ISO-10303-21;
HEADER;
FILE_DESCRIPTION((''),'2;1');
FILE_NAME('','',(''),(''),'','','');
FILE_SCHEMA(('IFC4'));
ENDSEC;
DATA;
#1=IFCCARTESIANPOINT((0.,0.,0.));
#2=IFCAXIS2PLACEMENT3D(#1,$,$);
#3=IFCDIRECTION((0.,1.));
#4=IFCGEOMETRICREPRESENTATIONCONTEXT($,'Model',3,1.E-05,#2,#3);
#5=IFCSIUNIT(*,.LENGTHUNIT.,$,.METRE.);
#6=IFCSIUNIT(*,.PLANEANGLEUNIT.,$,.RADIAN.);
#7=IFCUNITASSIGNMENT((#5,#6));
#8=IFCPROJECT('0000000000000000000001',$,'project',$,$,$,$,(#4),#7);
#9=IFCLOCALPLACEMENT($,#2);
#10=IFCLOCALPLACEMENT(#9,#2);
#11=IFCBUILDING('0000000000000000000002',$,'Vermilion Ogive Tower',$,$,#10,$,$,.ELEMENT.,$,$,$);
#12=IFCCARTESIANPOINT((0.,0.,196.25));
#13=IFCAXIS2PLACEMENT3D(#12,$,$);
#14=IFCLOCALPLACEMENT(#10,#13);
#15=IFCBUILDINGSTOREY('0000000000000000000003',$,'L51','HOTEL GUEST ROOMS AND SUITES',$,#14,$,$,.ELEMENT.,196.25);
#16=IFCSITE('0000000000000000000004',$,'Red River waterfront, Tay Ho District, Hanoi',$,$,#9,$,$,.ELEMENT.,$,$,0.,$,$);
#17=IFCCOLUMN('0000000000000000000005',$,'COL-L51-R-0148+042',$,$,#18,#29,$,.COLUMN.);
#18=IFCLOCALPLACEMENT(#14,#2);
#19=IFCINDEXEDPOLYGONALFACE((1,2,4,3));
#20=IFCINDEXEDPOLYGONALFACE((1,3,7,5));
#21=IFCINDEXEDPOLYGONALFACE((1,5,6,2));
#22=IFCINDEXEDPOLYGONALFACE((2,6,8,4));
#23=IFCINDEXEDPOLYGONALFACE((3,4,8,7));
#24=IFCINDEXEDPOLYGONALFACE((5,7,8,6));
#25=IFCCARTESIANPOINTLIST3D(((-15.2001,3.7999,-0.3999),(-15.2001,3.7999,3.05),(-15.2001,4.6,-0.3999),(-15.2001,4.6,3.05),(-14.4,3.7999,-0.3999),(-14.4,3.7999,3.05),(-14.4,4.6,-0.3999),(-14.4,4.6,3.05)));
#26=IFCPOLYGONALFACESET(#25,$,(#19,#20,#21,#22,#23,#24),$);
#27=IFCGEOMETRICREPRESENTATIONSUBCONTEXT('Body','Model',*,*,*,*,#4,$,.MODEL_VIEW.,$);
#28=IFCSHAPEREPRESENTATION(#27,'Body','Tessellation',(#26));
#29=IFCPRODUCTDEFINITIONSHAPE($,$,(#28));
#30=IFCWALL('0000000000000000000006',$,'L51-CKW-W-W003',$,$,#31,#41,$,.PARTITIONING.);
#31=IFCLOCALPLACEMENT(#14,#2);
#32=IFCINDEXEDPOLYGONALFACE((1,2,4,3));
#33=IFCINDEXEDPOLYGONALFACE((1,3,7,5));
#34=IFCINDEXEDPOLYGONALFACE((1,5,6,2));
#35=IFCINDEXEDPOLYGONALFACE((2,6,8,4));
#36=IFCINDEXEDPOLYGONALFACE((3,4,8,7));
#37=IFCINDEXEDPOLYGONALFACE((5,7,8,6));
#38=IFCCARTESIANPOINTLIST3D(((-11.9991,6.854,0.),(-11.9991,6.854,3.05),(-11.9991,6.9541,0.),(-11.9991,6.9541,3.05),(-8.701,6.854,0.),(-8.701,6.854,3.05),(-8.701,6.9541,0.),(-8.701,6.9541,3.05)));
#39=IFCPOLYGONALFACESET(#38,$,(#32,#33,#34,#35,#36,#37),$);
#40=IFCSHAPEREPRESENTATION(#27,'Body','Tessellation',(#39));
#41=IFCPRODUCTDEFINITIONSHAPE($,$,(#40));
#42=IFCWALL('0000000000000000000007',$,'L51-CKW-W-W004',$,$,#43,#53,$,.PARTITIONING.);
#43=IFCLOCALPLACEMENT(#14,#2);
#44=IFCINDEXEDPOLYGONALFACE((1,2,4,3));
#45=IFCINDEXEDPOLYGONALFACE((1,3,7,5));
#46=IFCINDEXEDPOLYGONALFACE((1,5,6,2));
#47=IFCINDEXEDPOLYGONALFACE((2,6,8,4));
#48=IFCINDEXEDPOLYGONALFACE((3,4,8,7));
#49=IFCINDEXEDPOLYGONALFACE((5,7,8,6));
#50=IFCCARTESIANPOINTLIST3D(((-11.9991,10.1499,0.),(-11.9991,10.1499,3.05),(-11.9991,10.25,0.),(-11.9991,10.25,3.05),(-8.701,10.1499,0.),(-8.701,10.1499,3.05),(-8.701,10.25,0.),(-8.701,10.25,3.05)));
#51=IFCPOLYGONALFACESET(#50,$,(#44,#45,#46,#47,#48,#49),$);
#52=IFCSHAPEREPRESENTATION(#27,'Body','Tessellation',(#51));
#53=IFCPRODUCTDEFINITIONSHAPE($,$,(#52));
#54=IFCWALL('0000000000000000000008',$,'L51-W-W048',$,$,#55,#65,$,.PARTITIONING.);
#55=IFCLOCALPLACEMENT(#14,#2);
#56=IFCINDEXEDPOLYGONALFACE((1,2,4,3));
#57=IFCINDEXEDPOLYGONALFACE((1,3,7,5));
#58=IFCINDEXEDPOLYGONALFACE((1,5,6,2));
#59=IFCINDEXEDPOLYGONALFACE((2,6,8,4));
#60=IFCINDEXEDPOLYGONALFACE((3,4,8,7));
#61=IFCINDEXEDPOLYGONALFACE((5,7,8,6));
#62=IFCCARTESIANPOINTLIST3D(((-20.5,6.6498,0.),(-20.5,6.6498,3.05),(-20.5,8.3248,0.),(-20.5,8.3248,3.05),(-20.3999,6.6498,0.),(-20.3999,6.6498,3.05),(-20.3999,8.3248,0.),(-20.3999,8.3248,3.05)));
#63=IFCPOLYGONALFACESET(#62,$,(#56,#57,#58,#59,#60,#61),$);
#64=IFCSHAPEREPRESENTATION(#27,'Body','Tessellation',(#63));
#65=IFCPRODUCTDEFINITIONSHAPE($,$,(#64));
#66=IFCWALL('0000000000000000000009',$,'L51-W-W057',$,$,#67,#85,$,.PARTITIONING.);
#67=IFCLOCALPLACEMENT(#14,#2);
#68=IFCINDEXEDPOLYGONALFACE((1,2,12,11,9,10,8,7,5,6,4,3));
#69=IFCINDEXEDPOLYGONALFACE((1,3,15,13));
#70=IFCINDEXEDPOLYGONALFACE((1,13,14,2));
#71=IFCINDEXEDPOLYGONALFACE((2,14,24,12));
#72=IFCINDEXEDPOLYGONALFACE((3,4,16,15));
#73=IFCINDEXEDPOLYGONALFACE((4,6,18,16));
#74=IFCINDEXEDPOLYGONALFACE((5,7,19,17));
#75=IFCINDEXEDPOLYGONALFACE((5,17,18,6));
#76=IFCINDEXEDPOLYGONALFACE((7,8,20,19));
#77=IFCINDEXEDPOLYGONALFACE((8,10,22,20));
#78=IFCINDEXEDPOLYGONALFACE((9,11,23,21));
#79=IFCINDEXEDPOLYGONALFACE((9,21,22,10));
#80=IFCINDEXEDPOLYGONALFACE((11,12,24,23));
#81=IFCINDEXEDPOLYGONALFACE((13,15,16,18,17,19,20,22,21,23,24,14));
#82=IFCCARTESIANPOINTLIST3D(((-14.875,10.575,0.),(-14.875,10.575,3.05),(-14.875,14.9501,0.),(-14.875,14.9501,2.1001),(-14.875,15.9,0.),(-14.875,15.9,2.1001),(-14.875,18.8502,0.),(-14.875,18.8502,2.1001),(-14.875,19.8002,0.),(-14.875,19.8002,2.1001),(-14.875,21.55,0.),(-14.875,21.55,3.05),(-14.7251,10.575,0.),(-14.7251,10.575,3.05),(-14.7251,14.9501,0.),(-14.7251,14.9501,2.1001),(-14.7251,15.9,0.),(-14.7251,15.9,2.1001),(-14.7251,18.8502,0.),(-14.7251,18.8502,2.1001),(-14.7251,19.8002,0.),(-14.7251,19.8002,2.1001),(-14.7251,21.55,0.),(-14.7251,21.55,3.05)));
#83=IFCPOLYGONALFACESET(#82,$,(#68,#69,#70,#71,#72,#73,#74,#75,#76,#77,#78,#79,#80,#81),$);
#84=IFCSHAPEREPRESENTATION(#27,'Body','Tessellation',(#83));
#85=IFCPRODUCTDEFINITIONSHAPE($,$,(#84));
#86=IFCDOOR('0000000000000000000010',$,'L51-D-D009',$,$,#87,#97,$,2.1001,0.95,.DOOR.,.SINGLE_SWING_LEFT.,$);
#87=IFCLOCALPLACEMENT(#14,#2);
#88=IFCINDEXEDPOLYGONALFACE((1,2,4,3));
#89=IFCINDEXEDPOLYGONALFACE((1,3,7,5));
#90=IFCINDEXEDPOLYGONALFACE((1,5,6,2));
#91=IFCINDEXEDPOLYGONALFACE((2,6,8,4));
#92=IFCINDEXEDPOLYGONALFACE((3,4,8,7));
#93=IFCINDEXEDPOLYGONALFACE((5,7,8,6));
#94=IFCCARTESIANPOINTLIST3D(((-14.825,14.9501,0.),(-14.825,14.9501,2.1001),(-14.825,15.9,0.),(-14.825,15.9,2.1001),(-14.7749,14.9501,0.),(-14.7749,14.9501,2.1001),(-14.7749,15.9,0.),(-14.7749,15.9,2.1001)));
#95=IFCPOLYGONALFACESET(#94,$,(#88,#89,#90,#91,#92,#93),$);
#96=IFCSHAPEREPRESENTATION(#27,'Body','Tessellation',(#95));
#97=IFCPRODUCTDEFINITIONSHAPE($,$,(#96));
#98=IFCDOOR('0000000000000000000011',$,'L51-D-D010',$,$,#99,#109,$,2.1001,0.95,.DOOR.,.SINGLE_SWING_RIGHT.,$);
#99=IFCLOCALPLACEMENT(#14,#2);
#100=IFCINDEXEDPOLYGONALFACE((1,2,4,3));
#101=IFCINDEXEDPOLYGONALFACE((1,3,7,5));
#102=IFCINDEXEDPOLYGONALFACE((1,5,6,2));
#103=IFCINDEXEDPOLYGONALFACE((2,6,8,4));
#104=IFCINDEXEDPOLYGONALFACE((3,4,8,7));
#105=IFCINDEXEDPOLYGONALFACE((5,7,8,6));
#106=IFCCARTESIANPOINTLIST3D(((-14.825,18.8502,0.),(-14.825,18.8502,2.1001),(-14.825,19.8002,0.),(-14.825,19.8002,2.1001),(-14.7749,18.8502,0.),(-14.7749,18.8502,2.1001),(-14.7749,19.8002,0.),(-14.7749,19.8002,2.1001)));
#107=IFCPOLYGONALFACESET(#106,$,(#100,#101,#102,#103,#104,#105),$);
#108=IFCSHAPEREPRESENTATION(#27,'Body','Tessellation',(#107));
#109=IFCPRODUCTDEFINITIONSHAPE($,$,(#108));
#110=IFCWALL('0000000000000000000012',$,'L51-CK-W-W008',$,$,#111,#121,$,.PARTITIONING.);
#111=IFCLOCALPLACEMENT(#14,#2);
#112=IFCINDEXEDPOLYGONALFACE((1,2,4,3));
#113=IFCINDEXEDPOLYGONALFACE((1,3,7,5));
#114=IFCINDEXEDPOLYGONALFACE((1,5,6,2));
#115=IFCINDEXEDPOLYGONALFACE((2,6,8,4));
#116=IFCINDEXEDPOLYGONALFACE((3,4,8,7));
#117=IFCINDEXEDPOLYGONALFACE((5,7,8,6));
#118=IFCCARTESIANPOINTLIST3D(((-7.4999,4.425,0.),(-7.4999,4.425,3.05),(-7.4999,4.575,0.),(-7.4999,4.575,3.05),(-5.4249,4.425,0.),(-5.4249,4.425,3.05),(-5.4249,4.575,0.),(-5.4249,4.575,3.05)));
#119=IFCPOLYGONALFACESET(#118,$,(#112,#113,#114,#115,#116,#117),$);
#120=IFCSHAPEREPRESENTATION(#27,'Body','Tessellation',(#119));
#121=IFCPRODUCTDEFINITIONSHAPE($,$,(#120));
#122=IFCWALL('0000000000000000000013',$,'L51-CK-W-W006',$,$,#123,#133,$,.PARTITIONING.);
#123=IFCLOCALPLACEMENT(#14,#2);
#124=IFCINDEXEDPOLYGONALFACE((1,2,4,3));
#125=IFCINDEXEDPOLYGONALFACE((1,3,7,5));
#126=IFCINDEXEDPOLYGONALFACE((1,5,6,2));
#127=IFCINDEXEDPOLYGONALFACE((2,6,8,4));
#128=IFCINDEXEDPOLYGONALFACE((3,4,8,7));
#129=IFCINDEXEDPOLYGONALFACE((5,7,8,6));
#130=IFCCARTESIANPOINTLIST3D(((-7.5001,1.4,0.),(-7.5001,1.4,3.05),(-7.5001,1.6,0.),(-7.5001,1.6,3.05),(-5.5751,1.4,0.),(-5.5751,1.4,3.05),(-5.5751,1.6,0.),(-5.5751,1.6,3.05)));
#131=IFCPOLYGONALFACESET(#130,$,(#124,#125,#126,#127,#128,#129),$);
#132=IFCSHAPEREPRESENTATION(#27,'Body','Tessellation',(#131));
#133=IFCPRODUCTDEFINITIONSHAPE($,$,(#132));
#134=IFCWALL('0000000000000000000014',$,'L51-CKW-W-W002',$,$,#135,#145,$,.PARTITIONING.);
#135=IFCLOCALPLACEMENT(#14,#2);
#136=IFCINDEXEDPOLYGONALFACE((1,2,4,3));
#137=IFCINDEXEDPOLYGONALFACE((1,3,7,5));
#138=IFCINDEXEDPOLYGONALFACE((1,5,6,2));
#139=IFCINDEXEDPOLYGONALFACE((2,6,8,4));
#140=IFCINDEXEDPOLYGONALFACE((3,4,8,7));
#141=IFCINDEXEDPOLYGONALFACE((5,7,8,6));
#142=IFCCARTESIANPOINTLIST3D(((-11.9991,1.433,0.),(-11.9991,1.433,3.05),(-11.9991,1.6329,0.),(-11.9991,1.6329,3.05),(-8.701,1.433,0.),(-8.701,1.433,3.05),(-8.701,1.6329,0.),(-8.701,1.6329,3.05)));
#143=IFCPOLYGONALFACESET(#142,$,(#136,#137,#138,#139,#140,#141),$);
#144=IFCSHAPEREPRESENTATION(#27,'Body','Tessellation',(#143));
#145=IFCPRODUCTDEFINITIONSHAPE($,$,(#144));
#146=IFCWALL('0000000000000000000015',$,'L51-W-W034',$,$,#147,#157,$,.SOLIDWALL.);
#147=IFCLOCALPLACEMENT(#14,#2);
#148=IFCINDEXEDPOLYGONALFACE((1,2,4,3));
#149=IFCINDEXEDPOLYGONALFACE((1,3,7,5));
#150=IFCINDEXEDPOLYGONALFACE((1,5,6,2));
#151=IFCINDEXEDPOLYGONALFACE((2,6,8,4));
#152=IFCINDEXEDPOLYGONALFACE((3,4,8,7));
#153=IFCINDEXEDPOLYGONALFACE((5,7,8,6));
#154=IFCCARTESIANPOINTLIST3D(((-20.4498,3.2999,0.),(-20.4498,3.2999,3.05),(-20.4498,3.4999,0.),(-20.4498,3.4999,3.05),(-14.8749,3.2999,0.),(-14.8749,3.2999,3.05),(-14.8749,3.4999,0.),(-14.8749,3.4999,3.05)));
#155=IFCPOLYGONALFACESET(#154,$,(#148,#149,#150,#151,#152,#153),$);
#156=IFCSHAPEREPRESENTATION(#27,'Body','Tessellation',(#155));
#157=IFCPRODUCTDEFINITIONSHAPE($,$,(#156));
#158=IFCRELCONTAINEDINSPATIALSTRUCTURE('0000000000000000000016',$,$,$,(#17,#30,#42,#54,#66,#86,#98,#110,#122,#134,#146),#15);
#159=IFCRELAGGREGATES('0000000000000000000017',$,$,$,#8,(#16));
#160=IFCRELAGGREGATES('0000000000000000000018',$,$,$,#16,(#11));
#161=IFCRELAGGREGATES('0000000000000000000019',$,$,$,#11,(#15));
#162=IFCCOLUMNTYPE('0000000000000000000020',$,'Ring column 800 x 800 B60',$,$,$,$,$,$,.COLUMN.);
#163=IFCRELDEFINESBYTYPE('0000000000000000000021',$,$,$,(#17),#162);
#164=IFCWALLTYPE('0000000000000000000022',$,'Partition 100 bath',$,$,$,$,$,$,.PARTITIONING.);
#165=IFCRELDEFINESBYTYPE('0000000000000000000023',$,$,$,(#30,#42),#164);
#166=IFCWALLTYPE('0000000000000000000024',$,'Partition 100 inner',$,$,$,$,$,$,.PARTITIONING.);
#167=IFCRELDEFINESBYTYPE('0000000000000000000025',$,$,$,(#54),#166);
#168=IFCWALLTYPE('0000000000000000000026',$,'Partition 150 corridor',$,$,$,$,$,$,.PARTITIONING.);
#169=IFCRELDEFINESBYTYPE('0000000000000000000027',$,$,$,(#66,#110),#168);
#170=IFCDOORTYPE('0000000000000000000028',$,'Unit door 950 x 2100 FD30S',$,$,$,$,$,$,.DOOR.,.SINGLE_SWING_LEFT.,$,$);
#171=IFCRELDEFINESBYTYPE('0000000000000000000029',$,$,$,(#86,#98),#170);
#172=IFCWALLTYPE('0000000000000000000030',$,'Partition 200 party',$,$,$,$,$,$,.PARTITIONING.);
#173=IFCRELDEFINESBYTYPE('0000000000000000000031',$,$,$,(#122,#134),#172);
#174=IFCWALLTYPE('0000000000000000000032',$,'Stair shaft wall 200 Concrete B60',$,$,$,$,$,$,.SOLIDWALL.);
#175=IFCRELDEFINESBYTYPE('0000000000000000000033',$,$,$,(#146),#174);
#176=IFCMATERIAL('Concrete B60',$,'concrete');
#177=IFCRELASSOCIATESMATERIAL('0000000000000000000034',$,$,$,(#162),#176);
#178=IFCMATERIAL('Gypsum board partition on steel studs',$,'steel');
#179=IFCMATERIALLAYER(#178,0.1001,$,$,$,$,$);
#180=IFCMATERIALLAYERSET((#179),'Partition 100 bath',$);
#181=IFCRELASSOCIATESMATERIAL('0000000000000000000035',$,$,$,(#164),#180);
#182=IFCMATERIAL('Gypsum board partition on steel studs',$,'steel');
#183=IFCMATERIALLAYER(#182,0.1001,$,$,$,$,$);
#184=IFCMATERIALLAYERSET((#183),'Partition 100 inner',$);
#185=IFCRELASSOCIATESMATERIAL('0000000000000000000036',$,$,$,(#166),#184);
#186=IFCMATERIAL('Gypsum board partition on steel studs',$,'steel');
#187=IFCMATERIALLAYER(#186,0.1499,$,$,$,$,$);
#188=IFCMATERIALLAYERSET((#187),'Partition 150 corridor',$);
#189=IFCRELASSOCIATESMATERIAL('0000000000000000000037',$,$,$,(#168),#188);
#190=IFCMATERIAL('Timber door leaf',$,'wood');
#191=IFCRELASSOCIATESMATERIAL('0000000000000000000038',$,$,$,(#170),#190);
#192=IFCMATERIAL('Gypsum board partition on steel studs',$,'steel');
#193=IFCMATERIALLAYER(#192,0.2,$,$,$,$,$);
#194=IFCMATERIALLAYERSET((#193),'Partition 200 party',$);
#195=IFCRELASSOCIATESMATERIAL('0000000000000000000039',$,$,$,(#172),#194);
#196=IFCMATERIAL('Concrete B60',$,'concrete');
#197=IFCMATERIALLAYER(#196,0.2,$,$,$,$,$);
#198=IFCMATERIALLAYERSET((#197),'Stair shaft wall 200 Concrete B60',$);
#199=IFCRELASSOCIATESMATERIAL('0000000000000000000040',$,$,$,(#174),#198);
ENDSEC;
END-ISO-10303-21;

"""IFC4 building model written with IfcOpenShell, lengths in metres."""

from ifc_helpers import new_model, si_unit, direction, frame, frame_2d, origin, origin_2d, place, context, subcontext, project, spatial, rectangle, extrude, material, layer, layer_set, material_profile, profile_set, type_object, element, fill, save


model = new_model("IFC4")

# Units and contexts
model_context = context("Model", 3, precision=1e-05, world=origin(), true_north=direction((0.0, 1.0)))
body_context = subcontext(model_context, "Body", "Model", "MODEL_VIEW")
ifc_project = project(units=[si_unit("LENGTHUNIT", "METRE"), si_unit("PLANEANGLEUNIT", "RADIAN")], contexts=[model_context])

# Site, building, storey
site_placement = place(None, origin())
site = spatial("IfcSite", under=ifc_project, at=site_placement, Name="Red River waterfront, Tay Ho District, Hanoi", CompositionType="ELEMENT", RefElevation=0.0)
building_placement = place(site_placement, origin())
building = spatial("IfcBuilding", under=site, at=building_placement, Name="Vermilion Ogive Tower", CompositionType="ELEMENT")
storey_placement = place(building_placement, frame((0.0, 0.0, 196.25)))
storey = spatial("IfcBuildingStorey", under=building, at=storey_placement, Name="L51", Description="HOTEL GUEST ROOMS AND SUITES", CompositionType="ELEMENT", Elevation=196.25)

# Column
ifc_material_1 = material(Name="Concrete B60", Category="concrete")
ifc_material_profile = material_profile(ifc_material_1, rectangle(XDim=0.8, YDim=0.8, at=origin_2d()), Name="800 x 800")
ifc_profile_set = profile_set([ifc_material_profile], Name="Concrete B60")
column_type = type_object("IfcColumnType", Name="Ring column 800 x 800 B60", PredefinedType="COLUMN", material=ifc_profile_set)
column_placement = place(storey_placement, frame((-14.8, 4.2, -0.3999), z_axis=(0.0, 0.0, 1.0), x_axis=(1.0, 0.0, 0.0)))
element("IfcColumn", 1, at=column_placement, inside=storey, type_object=column_type, Name="COL-L51-R-0148+042", PredefinedType="COLUMN", context=body_context, shape_type="SweptSolid", body=[
    extrude(rectangle(XDim=0.8, YDim=0.8, at=origin_2d()), origin(), (0.0, 0.0, 1.0), 3.45),
])

# Walls
ifc_material_2 = material(Name="Gypsum board partition on steel studs", Category="steel")
ifc_layer_1 = layer(ifc_material_2, 0.1001)
ifc_layer_set_1 = layer_set([ifc_layer_1], Name="Partition 100 bath")
wall_type_1 = type_object("IfcWallType", Name="Partition 100 bath", PredefinedType="PARTITIONING", material=ifc_layer_set_1)
for number, where, z_axis, x_axis, name in (
    (2, (-11.999, 6.9041, 0.0), (0.0, 0.0, 1.0), (1.0, 0.0, 0.0), "L51-CKW-W-W003"),
    (3, (-11.999, 10.2, 0.0), (0.0, 0.0, 1.0), (1.0, 0.0, 0.0), "L51-CKW-W-W004"),
):
    element("IfcWall", number, at=place(storey_placement, frame(where, z_axis=z_axis, x_axis=x_axis)), inside=storey, type_object=wall_type_1, Name=name, PredefinedType="PARTITIONING", context=body_context, shape_type="SweptSolid", body=[
        extrude(rectangle(XDim=3.2981, YDim=0.1001, at=frame_2d((1.6489, 0.0))), origin(), (0.0, 0.0, 1.0), 3.05),
    ])
ifc_material_3 = material(Name="Gypsum board partition on steel studs", Category="steel")
ifc_layer_2 = layer(ifc_material_3, 0.1001)
ifc_layer_set_2 = layer_set([ifc_layer_2], Name="Partition 100 inner")
wall_type_2 = type_object("IfcWallType", Name="Partition 100 inner", PredefinedType="PARTITIONING", material=ifc_layer_set_2)
wall_1_placement = place(storey_placement, frame((-20.45, 6.6499, 0.0), z_axis=(0.0, 0.0, 1.0), x_axis=(0.0, 1.0, 0.0)))
element("IfcWall", 4, at=wall_1_placement, inside=storey, type_object=wall_type_2, Name="L51-W-W048", PredefinedType="PARTITIONING", context=body_context, shape_type="SweptSolid", body=[
    extrude(rectangle(XDim=1.675, YDim=0.1001, at=frame_2d((0.8374, 0.0))), origin(), (0.0, 0.0, 1.0), 3.05),
])

# Wall, openings, doors
ifc_material_4 = material(Name="Gypsum board partition on steel studs", Category="steel")
ifc_layer_3 = layer(ifc_material_4, 0.1499)
ifc_layer_set_3 = layer_set([ifc_layer_3], Name="Partition 150 corridor")
wall_type_3 = type_object("IfcWallType", Name="Partition 150 corridor", PredefinedType="PARTITIONING", material=ifc_layer_set_3)
wall_2_placement = place(storey_placement, frame((-14.8, 10.575, 0.0), z_axis=(0.0, 0.0, 1.0), x_axis=(0.0, 1.0, 0.0)))
wall_2 = element("IfcWall", 5, at=wall_2_placement, inside=storey, type_object=wall_type_3, Name="L51-W-W057", PredefinedType="PARTITIONING", context=body_context, shape_type="SweptSolid", body=[
    extrude(rectangle(XDim=10.9751, YDim=0.1499, at=frame_2d((5.4875, 0.0))), origin(), (0.0, 0.0, 1.0), 3.05),
])
opening_1_placement = place(wall_2_placement, frame((4.375, 0.0, 0.0)))
opening_1 = element("IfcOpeningElement", 6, at=opening_1_placement, cuts=wall_2, PredefinedType="OPENING", context=body_context, shape_type="SweptSolid", body=[
    extrude(rectangle(XDim=0.95, YDim=2.1001, at=frame_2d((0.4751, 1.05))), frame((0.0, 0.085, 0.0), z_axis=(0.0, -1.0, 0.0), x_axis=(1.0, 0.0, 0.0)), (0.0, 0.0, 1.0), 0.1699),
])
opening_2_placement = place(wall_2_placement, frame((8.2751, 0.0, 0.0)))
opening_2 = element("IfcOpeningElement", 7, at=opening_2_placement, cuts=wall_2, PredefinedType="OPENING", context=body_context, shape_type="SweptSolid", body=[
    extrude(rectangle(XDim=0.95, YDim=2.1001, at=frame_2d((0.4751, 1.05))), frame((0.0, 0.085, 0.0), z_axis=(0.0, -1.0, 0.0), x_axis=(1.0, 0.0, 0.0)), (0.0, 0.0, 1.0), 0.1699),
])
ifc_material_5 = material(Name="Timber door leaf", Category="wood")
door_type = type_object("IfcDoorType", Name="Unit door 950 x 2100 FD30S", OperationType="SINGLE_SWING_LEFT", PredefinedType="DOOR", material=ifc_material_5)
door_1_placement = place(opening_1_placement, origin())
door_1 = element("IfcDoor", 8, at=door_1_placement, inside=storey, type_object=door_type, Name="L51-D-D009", OperationType="SINGLE_SWING_LEFT", OverallHeight=2.1001, OverallWidth=0.95, PredefinedType="DOOR", context=body_context, shape_type="SweptSolid", body=[
    extrude(rectangle(XDim=0.95, YDim=2.1001, at=frame_2d((0.4751, 1.05))), frame((0.0, 0.0249, 0.0), z_axis=(0.0, -1.0, 0.0), x_axis=(1.0, 0.0, 0.0)), (0.0, 0.0, 1.0), 0.05),
])
fill(opening_1, door_1)
door_2_placement = place(opening_2_placement, origin())
door_2 = element("IfcDoor", 9, at=door_2_placement, inside=storey, type_object=door_type, Name="L51-D-D010", OperationType="SINGLE_SWING_RIGHT", OverallHeight=2.1001, OverallWidth=0.95, PredefinedType="DOOR", context=body_context, shape_type="SweptSolid", body=[
    extrude(rectangle(XDim=0.95, YDim=2.1001, at=frame_2d((0.4751, 1.05))), frame((0.0, 0.0249, 0.0), z_axis=(0.0, -1.0, 0.0), x_axis=(1.0, 0.0, 0.0)), (0.0, 0.0, 1.0), 0.05),
])
fill(opening_2, door_2)

# Walls
wall_3_placement = place(storey_placement, frame((-7.5, 4.5, 0.0), z_axis=(0.0, 0.0, 1.0), x_axis=(1.0, 0.0, 0.0)))
element("IfcWall", 10, at=wall_3_placement, inside=storey, type_object=wall_type_3, Name="L51-CK-W-W008", PredefinedType="PARTITIONING", context=body_context, shape_type="SweptSolid", body=[
    extrude(rectangle(XDim=2.075, YDim=0.1499, at=frame_2d((1.0376, 0.0))), origin(), (0.0, 0.0, 1.0), 3.05),
])
ifc_material_6 = material(Name="Gypsum board partition on steel studs", Category="steel")
ifc_layer_4 = layer(ifc_material_6, 0.2)
ifc_layer_set_4 = layer_set([ifc_layer_4], Name="Partition 200 party")
wall_type_4 = type_object("IfcWallType", Name="Partition 200 party", PredefinedType="PARTITIONING", material=ifc_layer_set_4)
wall_4_placement = place(storey_placement, frame((-7.5, 1.5, 0.0), z_axis=(0.0, 0.0, 1.0), x_axis=(1.0, 0.0, 0.0)))
element("IfcWall", 11, at=wall_4_placement, inside=storey, type_object=wall_type_4, Name="L51-CK-W-W006", PredefinedType="PARTITIONING", context=body_context, shape_type="SweptSolid", body=[
    extrude(rectangle(XDim=1.925, YDim=0.2, at=frame_2d((0.9624, 0.0))), origin(), (0.0, 0.0, 1.0), 3.05),
])
wall_5_placement = place(storey_placement, frame((-11.999, 1.533, 0.0), z_axis=(0.0, 0.0, 1.0), x_axis=(1.0, 0.0, 0.0)))
element("IfcWall", 12, at=wall_5_placement, inside=storey, type_object=wall_type_4, Name="L51-CKW-W-W002", PredefinedType="PARTITIONING", context=body_context, shape_type="SweptSolid", body=[
    extrude(rectangle(XDim=3.2981, YDim=0.2, at=frame_2d((1.6489, 0.0))), origin(), (0.0, 0.0, 1.0), 3.05),
])
ifc_material_7 = material(Name="Concrete B60", Category="concrete")
ifc_layer_5 = layer(ifc_material_7, 0.2)
ifc_layer_set_5 = layer_set([ifc_layer_5], Name="Stair shaft wall 200 Concrete B60")
wall_type_5 = type_object("IfcWallType", Name="Stair shaft wall 200 Concrete B60", PredefinedType="SOLIDWALL", material=ifc_layer_set_5)
wall_6_placement = place(storey_placement, frame((-20.45, 3.3999, 0.0), z_axis=(0.0, 0.0, 1.0), x_axis=(1.0, 0.0, 0.0)))
element("IfcWall", 13, at=wall_6_placement, inside=storey, type_object=wall_type_5, Name="L51-W-W034", PredefinedType="SOLIDWALL", context=body_context, shape_type="SweptSolid", body=[
    extrude(rectangle(XDim=5.575, YDim=0.2, at=frame_2d((2.7876, 0.0))), origin(), (0.0, 0.0, 1.0), 3.05),
])

save(model, "model.ifc")
